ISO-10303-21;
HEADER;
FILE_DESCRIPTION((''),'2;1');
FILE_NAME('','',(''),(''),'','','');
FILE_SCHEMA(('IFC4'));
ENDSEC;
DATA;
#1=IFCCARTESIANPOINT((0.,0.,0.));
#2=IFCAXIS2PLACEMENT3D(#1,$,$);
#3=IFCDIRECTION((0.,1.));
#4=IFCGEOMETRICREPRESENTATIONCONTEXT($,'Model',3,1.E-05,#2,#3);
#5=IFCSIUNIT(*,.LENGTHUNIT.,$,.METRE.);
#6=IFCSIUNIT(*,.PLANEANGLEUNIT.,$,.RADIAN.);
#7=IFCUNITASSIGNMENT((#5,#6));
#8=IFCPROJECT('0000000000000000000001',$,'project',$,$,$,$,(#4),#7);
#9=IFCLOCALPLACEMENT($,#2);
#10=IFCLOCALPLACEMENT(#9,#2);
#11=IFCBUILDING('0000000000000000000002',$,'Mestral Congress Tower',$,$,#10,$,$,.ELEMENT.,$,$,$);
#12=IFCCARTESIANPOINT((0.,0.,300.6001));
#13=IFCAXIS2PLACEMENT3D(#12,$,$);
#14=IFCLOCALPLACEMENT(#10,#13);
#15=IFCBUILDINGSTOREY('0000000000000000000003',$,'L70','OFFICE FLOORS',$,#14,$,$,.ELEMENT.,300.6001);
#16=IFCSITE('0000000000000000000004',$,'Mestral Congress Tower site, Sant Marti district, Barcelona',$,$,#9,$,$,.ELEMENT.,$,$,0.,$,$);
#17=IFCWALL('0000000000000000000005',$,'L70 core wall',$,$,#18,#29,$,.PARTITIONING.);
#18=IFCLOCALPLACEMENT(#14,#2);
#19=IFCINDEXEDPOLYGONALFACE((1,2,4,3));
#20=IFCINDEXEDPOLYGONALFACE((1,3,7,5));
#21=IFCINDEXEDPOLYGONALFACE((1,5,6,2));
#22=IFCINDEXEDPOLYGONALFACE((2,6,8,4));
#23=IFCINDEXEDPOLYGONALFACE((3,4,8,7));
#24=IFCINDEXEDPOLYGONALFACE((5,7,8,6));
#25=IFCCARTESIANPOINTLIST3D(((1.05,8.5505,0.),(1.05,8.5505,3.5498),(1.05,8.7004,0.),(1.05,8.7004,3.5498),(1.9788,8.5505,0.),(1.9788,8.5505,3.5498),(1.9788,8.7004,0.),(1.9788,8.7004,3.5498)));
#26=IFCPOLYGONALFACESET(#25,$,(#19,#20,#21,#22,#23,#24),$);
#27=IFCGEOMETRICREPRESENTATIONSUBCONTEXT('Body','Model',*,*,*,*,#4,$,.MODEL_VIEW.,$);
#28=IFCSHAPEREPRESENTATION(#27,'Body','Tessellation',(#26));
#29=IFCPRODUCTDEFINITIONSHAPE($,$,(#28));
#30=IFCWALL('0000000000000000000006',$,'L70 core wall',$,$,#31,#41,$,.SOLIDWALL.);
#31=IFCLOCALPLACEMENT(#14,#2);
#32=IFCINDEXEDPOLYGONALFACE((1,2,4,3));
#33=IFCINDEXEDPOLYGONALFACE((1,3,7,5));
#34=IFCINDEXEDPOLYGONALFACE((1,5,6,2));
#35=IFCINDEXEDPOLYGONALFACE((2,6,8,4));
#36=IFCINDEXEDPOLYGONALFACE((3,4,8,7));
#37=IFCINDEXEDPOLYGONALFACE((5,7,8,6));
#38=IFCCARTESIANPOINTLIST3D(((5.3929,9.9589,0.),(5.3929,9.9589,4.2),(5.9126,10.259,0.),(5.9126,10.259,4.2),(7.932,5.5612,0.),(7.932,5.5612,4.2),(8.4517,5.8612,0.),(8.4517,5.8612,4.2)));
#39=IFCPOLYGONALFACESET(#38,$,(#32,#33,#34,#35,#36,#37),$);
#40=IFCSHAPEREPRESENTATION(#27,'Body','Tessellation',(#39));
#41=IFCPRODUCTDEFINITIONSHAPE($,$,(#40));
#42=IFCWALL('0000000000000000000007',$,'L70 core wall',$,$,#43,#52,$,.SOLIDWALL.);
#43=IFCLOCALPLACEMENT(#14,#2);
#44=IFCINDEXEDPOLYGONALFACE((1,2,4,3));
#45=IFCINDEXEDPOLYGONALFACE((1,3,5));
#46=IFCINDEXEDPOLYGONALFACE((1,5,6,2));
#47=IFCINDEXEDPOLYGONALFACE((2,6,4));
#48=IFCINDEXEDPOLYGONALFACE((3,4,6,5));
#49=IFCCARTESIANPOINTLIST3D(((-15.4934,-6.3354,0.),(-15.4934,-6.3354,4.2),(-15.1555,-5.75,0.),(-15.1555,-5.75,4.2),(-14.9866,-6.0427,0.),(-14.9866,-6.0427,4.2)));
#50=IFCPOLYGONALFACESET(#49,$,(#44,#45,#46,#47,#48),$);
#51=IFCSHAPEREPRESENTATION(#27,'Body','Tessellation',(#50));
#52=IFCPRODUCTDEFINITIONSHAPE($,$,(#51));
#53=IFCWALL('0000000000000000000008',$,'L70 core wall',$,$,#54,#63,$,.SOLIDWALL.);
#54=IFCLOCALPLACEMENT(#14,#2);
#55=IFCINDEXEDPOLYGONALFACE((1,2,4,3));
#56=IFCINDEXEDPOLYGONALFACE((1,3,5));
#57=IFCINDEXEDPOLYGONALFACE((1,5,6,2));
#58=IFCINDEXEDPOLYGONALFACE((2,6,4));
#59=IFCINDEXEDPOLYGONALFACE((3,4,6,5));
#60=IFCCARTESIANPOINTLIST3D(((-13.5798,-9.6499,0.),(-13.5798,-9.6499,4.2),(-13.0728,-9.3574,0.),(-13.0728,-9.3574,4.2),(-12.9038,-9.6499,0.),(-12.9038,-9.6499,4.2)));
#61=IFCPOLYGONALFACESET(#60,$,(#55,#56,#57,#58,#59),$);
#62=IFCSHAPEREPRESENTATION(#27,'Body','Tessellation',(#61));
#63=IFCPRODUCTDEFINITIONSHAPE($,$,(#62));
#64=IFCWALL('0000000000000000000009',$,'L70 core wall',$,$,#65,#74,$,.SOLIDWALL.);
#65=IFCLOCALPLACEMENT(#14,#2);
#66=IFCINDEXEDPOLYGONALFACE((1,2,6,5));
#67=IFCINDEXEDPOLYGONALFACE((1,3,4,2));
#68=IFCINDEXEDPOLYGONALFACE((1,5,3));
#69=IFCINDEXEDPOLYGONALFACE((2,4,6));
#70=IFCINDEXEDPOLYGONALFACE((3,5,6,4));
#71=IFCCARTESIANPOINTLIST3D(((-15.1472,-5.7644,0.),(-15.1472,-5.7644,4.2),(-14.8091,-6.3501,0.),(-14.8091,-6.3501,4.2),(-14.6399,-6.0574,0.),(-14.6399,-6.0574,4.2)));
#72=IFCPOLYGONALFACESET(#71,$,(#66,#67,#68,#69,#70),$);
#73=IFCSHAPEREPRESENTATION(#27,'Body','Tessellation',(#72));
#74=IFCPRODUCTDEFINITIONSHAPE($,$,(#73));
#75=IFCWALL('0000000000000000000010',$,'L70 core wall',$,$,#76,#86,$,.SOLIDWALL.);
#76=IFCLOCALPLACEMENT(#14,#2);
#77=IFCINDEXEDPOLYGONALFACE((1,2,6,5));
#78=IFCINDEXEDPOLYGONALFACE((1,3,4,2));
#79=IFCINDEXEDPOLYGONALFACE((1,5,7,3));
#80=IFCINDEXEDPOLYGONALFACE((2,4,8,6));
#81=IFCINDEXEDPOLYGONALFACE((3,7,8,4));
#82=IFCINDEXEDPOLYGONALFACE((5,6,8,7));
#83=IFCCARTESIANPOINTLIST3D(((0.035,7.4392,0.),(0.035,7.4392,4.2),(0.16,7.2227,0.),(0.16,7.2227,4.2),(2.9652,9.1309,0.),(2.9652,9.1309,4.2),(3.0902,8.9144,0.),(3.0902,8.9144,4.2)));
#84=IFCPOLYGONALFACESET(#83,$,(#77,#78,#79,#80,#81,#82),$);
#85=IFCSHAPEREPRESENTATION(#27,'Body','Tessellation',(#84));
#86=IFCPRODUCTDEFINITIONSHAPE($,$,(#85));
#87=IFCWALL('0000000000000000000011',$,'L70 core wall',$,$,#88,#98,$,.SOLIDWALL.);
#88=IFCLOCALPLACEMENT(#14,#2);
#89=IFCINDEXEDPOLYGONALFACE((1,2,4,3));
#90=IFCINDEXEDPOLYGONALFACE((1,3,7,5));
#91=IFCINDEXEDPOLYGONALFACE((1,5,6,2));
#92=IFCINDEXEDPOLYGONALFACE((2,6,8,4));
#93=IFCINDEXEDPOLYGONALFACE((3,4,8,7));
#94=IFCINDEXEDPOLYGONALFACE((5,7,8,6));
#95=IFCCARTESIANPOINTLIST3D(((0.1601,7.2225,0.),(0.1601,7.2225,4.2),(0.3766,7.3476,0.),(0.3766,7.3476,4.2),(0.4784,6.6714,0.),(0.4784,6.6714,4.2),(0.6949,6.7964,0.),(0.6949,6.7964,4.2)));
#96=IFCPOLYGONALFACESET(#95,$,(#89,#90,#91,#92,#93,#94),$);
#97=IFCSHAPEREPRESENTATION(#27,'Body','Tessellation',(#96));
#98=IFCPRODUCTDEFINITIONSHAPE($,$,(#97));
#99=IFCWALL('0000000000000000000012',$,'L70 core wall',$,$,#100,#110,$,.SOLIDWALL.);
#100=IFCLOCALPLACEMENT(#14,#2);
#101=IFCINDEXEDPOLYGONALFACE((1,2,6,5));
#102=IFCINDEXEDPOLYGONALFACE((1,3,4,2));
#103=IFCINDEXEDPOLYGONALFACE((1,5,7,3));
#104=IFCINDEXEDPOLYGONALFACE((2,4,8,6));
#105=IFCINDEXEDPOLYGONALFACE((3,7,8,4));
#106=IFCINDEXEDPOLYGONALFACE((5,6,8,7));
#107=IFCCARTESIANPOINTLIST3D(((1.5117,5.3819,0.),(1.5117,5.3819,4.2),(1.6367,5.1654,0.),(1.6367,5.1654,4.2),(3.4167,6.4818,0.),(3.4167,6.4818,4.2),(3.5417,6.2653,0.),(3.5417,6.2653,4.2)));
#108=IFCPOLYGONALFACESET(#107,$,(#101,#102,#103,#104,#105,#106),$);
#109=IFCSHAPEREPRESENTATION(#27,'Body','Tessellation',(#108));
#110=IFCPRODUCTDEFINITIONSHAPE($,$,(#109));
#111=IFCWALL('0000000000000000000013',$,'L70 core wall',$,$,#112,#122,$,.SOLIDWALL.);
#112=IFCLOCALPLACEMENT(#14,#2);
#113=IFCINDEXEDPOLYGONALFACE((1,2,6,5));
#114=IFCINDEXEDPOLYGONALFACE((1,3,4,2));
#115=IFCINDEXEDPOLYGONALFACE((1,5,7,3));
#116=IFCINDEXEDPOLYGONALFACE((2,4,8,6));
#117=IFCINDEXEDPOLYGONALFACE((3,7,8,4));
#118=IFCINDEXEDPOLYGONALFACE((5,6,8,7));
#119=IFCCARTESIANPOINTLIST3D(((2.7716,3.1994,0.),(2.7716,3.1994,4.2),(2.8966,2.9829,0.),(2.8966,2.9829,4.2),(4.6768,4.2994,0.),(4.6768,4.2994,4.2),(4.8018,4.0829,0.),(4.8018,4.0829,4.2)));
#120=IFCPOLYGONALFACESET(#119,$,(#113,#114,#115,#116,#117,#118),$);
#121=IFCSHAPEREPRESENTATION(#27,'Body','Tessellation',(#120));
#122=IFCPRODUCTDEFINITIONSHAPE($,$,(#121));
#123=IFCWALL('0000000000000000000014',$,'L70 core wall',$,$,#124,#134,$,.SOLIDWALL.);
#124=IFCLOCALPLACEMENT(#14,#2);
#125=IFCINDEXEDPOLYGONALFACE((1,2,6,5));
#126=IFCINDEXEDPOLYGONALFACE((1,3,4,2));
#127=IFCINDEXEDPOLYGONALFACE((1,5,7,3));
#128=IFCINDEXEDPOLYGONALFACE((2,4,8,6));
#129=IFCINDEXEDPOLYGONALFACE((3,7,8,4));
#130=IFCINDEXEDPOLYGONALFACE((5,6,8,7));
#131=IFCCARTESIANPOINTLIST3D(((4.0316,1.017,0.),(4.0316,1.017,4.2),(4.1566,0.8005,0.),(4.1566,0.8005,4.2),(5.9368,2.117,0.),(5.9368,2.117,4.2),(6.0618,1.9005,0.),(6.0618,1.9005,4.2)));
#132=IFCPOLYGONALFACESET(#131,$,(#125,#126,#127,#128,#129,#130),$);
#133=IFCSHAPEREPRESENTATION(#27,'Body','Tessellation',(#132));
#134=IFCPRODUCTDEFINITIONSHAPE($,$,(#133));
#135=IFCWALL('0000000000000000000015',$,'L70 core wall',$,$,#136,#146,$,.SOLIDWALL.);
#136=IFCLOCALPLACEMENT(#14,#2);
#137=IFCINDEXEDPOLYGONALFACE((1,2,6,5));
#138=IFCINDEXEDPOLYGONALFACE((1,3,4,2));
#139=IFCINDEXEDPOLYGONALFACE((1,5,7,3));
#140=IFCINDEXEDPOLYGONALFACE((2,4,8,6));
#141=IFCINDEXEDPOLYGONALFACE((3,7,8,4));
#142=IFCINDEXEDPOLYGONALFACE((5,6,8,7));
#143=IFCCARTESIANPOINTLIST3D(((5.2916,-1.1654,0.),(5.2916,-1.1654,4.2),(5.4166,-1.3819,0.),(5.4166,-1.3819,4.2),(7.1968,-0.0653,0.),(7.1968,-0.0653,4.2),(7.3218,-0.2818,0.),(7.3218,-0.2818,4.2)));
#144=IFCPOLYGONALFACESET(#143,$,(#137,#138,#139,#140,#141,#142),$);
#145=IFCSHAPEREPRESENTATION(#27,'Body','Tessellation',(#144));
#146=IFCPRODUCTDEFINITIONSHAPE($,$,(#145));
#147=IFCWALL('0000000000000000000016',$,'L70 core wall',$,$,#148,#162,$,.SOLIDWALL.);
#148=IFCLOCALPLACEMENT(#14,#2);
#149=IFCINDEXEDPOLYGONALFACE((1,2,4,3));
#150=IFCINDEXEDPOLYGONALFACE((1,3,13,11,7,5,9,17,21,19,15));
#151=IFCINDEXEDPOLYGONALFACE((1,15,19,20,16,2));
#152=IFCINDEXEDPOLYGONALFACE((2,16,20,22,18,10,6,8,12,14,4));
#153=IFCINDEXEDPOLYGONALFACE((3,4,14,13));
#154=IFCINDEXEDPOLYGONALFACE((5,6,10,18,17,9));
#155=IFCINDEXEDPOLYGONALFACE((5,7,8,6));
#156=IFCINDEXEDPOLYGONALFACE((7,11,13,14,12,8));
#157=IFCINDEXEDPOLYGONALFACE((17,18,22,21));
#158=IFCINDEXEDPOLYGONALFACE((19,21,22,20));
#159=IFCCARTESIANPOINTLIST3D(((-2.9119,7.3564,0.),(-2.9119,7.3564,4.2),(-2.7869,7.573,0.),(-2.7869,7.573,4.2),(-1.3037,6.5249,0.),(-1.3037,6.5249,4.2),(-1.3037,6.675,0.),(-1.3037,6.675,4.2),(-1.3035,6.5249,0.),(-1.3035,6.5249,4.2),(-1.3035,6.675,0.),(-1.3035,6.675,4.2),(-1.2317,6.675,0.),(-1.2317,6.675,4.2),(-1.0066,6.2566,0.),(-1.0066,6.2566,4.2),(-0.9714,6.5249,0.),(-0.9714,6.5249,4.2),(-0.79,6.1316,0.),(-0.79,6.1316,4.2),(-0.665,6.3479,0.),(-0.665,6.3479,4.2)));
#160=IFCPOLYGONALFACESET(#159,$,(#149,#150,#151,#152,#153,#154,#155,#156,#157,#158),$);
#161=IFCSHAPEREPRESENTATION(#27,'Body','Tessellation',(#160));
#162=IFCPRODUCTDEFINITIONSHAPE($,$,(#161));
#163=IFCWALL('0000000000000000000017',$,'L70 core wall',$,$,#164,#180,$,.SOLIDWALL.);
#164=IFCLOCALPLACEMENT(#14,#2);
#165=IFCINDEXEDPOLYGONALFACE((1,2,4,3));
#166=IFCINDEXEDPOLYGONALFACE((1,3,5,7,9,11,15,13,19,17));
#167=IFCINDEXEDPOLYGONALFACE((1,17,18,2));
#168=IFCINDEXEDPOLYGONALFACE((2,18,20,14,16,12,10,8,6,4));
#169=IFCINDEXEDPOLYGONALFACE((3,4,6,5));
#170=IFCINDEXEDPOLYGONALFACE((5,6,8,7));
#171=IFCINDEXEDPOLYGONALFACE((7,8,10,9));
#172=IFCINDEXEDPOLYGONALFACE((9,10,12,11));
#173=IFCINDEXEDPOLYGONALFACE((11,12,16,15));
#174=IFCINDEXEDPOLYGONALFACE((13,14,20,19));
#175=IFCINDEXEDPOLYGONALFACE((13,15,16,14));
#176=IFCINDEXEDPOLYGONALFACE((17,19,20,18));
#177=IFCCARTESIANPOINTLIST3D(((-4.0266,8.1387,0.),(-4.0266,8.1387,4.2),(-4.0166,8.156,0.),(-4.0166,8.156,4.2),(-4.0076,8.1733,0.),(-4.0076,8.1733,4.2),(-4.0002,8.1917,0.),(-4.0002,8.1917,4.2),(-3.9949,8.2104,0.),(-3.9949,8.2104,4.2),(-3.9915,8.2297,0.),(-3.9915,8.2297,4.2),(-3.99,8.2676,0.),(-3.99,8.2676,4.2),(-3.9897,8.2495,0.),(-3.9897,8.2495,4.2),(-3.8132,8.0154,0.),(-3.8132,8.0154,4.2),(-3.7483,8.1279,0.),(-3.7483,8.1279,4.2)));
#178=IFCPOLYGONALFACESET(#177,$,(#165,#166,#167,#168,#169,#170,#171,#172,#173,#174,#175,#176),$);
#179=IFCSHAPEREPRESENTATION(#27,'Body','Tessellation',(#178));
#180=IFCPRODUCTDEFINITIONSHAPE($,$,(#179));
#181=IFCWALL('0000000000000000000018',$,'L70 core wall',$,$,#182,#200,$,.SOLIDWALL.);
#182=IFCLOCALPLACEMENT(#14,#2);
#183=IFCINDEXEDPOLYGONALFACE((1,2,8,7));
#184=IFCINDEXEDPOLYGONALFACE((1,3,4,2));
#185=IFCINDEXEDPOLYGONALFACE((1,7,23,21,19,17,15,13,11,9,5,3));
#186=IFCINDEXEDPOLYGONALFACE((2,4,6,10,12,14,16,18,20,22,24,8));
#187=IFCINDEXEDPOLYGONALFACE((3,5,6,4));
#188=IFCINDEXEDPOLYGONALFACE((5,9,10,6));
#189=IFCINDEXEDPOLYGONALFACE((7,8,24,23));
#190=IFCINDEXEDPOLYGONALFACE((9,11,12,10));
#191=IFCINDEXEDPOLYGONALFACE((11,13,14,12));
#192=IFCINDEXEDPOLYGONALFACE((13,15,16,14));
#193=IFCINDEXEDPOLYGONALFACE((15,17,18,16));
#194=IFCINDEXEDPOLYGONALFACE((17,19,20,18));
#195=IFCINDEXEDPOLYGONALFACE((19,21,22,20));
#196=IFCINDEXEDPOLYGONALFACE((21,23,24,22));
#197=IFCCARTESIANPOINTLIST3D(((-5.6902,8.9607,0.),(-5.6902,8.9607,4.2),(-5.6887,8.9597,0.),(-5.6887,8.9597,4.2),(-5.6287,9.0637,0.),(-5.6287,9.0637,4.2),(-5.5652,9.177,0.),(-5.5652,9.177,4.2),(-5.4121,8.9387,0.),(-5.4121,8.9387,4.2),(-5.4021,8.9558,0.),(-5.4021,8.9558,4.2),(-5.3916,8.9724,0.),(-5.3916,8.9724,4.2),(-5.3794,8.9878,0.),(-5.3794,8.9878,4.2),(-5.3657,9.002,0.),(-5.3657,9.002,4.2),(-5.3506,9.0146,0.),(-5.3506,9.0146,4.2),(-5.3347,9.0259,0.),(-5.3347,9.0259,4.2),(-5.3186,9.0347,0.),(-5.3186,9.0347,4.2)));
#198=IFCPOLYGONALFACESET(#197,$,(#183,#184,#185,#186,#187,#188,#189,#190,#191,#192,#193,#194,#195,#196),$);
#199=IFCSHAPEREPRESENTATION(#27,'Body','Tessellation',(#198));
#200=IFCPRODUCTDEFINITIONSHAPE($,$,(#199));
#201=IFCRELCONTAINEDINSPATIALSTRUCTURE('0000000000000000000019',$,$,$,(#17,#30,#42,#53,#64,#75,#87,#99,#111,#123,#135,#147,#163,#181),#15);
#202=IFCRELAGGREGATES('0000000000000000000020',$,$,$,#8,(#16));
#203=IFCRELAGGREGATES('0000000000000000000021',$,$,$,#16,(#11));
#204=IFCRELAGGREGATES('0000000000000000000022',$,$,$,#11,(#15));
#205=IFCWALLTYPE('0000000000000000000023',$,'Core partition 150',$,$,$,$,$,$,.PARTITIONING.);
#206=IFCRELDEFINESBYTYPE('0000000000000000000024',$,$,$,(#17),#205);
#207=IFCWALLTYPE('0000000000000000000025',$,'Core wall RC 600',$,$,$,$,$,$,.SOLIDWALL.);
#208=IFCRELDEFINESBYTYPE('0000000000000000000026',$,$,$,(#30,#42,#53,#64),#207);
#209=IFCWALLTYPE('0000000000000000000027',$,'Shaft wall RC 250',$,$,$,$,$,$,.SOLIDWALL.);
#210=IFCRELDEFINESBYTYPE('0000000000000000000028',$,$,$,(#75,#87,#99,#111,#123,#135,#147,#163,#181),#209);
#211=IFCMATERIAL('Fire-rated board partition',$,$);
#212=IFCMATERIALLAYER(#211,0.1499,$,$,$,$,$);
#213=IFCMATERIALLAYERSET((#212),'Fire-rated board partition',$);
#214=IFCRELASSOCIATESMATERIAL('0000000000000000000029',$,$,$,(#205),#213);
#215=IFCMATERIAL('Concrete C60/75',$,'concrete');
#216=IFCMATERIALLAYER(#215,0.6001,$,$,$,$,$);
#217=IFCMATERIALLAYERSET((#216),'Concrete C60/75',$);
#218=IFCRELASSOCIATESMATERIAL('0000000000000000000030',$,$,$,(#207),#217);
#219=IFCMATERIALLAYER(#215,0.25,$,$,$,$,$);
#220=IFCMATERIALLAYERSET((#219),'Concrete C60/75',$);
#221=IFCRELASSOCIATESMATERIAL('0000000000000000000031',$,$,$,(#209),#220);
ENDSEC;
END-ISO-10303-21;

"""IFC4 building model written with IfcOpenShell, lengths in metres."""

from ifc_helpers import new_model, si_unit, direction, frame, frame_2d, origin, place, context, subcontext, project, spatial, polyline, rectangle, outline, extrude, material, layer, layer_set, type_object, element, save


model = new_model("IFC4")

# Units and contexts
model_context = context("Model", 3, precision=1e-05, world=origin(), true_north=direction((0.0, 1.0)))
body_context = subcontext(model_context, "Body", "Model", "MODEL_VIEW")
ifc_project = project(units=[si_unit("LENGTHUNIT", "METRE"), si_unit("PLANEANGLEUNIT", "RADIAN")], contexts=[model_context])

# Site, building, storey
site_placement = place(None, origin())
site = spatial("IfcSite", under=ifc_project, at=site_placement, Name="Mestral Congress Tower site, Sant Marti district, Barcelona", CompositionType="ELEMENT", RefElevation=0.0)
building_placement = place(site_placement, origin())
building = spatial("IfcBuilding", under=site, at=building_placement, Name="Mestral Congress Tower", CompositionType="ELEMENT")
storey_placement = place(building_placement, frame((0.0, 0.0, 300.6001)))
storey = spatial("IfcBuildingStorey", under=building, at=storey_placement, Name="L70", Description="OFFICE FLOORS", CompositionType="ELEMENT", Elevation=300.6001)

# Walls
ifc_material_1 = material(Name="Fire-rated board partition")
ifc_layer_1 = layer(ifc_material_1, 0.1499)
ifc_layer_set_1 = layer_set([ifc_layer_1], Name="Fire-rated board partition")
wall_type_1 = type_object("IfcWallType", Name="Core partition 150", PredefinedType="PARTITIONING", material=ifc_layer_set_1)
wall_1_placement = place(storey_placement, frame((1.05, 8.6255, 0.0), z_axis=(0.0, 0.0, 1.0), x_axis=(1.0, 0.0, 0.0)))
element("IfcWall", 1, at=wall_1_placement, inside=storey, type_object=wall_type_1, Name="L70 core wall", PredefinedType="PARTITIONING", context=body_context, shape_type="SweptSolid", body=[
    extrude(rectangle(XDim=0.9287, YDim=0.1499, at=frame_2d((0.4644, 0.0))), origin(), (0.0, 0.0, 1.0), 3.5498),
])
ifc_material_2 = material(Name="Concrete C60/75", Category="concrete")
ifc_layer_2 = layer(ifc_material_2, 0.6001)
ifc_layer_set_2 = layer_set([ifc_layer_2], Name="Concrete C60/75")
wall_type_2 = type_object("IfcWallType", Name="Core wall RC 600", PredefinedType="SOLIDWALL", material=ifc_layer_set_2)
wall_2_placement = place(storey_placement, frame((8.1919, 5.7112, 0.0), z_axis=(0.0, 0.0, 1.0), x_axis=(-0.500007, 0.866021, 0.0)))
element("IfcWall", 2, at=wall_2_placement, inside=storey, type_object=wall_type_2, Name="L70 core wall", PredefinedType="SOLIDWALL", context=body_context, shape_type="SweptSolid", body=[
    extrude(rectangle(XDim=5.0781, YDim=0.6001, at=frame_2d((2.5391, 0.0))), origin(), (0.0, 0.0, 1.0), 4.2),
])
placement = place(storey_placement, origin())
element("IfcWall", 3, at=placement, inside=storey, type_object=wall_type_2, Name="L70 core wall", PredefinedType="SOLIDWALL", context=body_context, shape_type="SweptSolid", body=[
    extrude(outline(polyline([(-14.9866, -6.0427), (-15.4934, -6.3354), (-15.1555, -5.75), (-14.9866, -6.0427)])), origin(), (0.0, 0.0, 1.0), 4.2),
])
element("IfcWall", 4, at=placement, inside=storey, type_object=wall_type_2, Name="L70 core wall", PredefinedType="SOLIDWALL", context=body_context, shape_type="SweptSolid", body=[
    extrude(outline(polyline([(-12.9038, -9.6499), (-13.5798, -9.6499), (-13.0728, -9.3574), (-12.9038, -9.6499)])), origin(), (0.0, 0.0, 1.0), 4.2),
])
element("IfcWall", 5, at=placement, inside=storey, type_object=wall_type_2, Name="L70 core wall", PredefinedType="SOLIDWALL", context=body_context, shape_type="SweptSolid", body=[
    extrude(outline(polyline([(-14.8091, -6.3501), (-15.1472, -5.7644), (-14.6399, -6.0574), (-14.8091, -6.3501)])), origin(), (0.0, 0.0, 1.0), 4.2),
])
ifc_layer_3 = layer(ifc_material_2, 0.25)
ifc_layer_set_3 = layer_set([ifc_layer_3], Name="Concrete C60/75")
wall_type_3 = type_object("IfcWallType", Name="Shaft wall RC 250", PredefinedType="SOLIDWALL", material=ifc_layer_set_3)
wall_3_placement = place(storey_placement, frame((3.0278, 9.0227, 0.0), z_axis=(0.0, 0.0, 1.0), x_axis=(-0.866037, -0.499981, 0.0)))
element("IfcWall", 6, at=wall_3_placement, inside=storey, type_object=wall_type_3, Name="L70 core wall", PredefinedType="SOLIDWALL", context=body_context, shape_type="SweptSolid", body=[
    extrude(rectangle(XDim=3.3835, YDim=0.25, at=frame_2d((1.6919, 0.0))), origin(), (0.0, 0.0, 1.0), 4.2),
])
wall_4_placement = place(storey_placement, frame((0.2683, 7.2852, 0.0), z_axis=(0.0, 0.0, 1.0), x_axis=(0.500099, -0.865968, 0.0)))
element("IfcWall", 7, at=wall_4_placement, inside=storey, type_object=wall_type_3, Name="L70 core wall", PredefinedType="SOLIDWALL", context=body_context, shape_type="SweptSolid", body=[
    extrude(rectangle(XDim=0.6365, YDim=0.25, at=frame_2d((0.3184, 0.0))), origin(), (0.0, 0.0, 1.0), 4.2),
])
wall_5_placement = place(storey_placement, frame((1.5742, 5.2737, 0.0), z_axis=(0.0, 0.0, 1.0), x_axis=(0.866028, 0.499995, 0.0)))
element("IfcWall", 8, at=wall_5_placement, inside=storey, type_object=wall_type_3, Name="L70 core wall", PredefinedType="SOLIDWALL", context=body_context, shape_type="SweptSolid", body=[
    extrude(rectangle(XDim=2.1997, YDim=0.25, at=frame_2d((1.0999, 0.0))), origin(), (0.0, 0.0, 1.0), 4.2),
])
for number, where, z_axis, x_axis, name in (
    (9, (2.834, 3.0911, 0.0), (0.0, 0.0, 1.0), (0.866008, 0.50003, 0.0), "L70 core wall"),
    (10, (4.094, 0.9087, 0.0), (0.0, 0.0, 1.0), (0.866008, 0.50003, 0.0), "L70 core wall"),
    (11, (5.354, -1.2737, 0.0), (0.0, 0.0, 1.0), (0.866008, 0.50003, 0.0), "L70 core wall"),
):
    element("IfcWall", number, at=place(storey_placement, frame(where, z_axis=z_axis, x_axis=x_axis)), inside=storey, type_object=wall_type_3, Name=name, PredefinedType="SOLIDWALL", context=body_context, shape_type="SweptSolid", body=[
        extrude(rectangle(XDim=2.2, YDim=0.25, at=frame_2d((1.1001, 0.0))), origin(), (0.0, 0.0, 1.0), 4.2),
    ])
element("IfcWall", 12, at=placement, inside=storey, type_object=wall_type_3, Name="L70 core wall", PredefinedType="SOLIDWALL", context=body_context, shape_type="SweptSolid", body=[
    extrude(outline(polyline([(-2.9119, 7.3564), (-2.7869, 7.573), (-1.2317, 6.675), (-1.3035, 6.675), (-1.3037, 6.675), (-1.3037, 6.675), (-1.3037, 6.5249), (-1.3037, 6.5249), (-1.3035, 6.5249), (-0.9714, 6.5249), (-0.665, 6.3479), (-0.79, 6.1316), (-1.0066, 6.2566), (-1.0066, 6.2566), (-2.9119, 7.3564)])), origin(), (0.0, 0.0, 1.0), 4.2),
])
element("IfcWall", 13, at=placement, inside=storey, type_object=wall_type_3, Name="L70 core wall", PredefinedType="SOLIDWALL", context=body_context, shape_type="SweptSolid", body=[
    extrude(outline(polyline([(-3.7483, 8.1279), (-3.8132, 8.0154), (-4.0266, 8.1387), (-4.0166, 8.156), (-4.0076, 8.1733), (-4.0002, 8.1917), (-3.9949, 8.2104), (-3.9915, 8.2297), (-3.9897, 8.2495), (-3.99, 8.2676), (-3.7483, 8.1279)])), origin(), (0.0, 0.0, 1.0), 4.2),
])
element("IfcWall", 14, at=placement, inside=storey, type_object=wall_type_3, Name="L70 core wall", PredefinedType="SOLIDWALL", context=body_context, shape_type="SweptSolid", body=[
    extrude(outline(polyline([(-5.6887, 8.9597), (-5.6902, 8.9607), (-5.5652, 9.177), (-5.3186, 9.0347), (-5.3347, 9.0259), (-5.3506, 9.0146), (-5.3657, 9.002), (-5.3794, 8.9878), (-5.3916, 8.9724), (-5.4021, 8.9558), (-5.4121, 8.9387), (-5.6287, 9.0637), (-5.6287, 9.0637), (-5.6887, 8.9597)])), origin(), (0.0, 0.0, 1.0), 4.2),
])

save(model, "model.ifc")
